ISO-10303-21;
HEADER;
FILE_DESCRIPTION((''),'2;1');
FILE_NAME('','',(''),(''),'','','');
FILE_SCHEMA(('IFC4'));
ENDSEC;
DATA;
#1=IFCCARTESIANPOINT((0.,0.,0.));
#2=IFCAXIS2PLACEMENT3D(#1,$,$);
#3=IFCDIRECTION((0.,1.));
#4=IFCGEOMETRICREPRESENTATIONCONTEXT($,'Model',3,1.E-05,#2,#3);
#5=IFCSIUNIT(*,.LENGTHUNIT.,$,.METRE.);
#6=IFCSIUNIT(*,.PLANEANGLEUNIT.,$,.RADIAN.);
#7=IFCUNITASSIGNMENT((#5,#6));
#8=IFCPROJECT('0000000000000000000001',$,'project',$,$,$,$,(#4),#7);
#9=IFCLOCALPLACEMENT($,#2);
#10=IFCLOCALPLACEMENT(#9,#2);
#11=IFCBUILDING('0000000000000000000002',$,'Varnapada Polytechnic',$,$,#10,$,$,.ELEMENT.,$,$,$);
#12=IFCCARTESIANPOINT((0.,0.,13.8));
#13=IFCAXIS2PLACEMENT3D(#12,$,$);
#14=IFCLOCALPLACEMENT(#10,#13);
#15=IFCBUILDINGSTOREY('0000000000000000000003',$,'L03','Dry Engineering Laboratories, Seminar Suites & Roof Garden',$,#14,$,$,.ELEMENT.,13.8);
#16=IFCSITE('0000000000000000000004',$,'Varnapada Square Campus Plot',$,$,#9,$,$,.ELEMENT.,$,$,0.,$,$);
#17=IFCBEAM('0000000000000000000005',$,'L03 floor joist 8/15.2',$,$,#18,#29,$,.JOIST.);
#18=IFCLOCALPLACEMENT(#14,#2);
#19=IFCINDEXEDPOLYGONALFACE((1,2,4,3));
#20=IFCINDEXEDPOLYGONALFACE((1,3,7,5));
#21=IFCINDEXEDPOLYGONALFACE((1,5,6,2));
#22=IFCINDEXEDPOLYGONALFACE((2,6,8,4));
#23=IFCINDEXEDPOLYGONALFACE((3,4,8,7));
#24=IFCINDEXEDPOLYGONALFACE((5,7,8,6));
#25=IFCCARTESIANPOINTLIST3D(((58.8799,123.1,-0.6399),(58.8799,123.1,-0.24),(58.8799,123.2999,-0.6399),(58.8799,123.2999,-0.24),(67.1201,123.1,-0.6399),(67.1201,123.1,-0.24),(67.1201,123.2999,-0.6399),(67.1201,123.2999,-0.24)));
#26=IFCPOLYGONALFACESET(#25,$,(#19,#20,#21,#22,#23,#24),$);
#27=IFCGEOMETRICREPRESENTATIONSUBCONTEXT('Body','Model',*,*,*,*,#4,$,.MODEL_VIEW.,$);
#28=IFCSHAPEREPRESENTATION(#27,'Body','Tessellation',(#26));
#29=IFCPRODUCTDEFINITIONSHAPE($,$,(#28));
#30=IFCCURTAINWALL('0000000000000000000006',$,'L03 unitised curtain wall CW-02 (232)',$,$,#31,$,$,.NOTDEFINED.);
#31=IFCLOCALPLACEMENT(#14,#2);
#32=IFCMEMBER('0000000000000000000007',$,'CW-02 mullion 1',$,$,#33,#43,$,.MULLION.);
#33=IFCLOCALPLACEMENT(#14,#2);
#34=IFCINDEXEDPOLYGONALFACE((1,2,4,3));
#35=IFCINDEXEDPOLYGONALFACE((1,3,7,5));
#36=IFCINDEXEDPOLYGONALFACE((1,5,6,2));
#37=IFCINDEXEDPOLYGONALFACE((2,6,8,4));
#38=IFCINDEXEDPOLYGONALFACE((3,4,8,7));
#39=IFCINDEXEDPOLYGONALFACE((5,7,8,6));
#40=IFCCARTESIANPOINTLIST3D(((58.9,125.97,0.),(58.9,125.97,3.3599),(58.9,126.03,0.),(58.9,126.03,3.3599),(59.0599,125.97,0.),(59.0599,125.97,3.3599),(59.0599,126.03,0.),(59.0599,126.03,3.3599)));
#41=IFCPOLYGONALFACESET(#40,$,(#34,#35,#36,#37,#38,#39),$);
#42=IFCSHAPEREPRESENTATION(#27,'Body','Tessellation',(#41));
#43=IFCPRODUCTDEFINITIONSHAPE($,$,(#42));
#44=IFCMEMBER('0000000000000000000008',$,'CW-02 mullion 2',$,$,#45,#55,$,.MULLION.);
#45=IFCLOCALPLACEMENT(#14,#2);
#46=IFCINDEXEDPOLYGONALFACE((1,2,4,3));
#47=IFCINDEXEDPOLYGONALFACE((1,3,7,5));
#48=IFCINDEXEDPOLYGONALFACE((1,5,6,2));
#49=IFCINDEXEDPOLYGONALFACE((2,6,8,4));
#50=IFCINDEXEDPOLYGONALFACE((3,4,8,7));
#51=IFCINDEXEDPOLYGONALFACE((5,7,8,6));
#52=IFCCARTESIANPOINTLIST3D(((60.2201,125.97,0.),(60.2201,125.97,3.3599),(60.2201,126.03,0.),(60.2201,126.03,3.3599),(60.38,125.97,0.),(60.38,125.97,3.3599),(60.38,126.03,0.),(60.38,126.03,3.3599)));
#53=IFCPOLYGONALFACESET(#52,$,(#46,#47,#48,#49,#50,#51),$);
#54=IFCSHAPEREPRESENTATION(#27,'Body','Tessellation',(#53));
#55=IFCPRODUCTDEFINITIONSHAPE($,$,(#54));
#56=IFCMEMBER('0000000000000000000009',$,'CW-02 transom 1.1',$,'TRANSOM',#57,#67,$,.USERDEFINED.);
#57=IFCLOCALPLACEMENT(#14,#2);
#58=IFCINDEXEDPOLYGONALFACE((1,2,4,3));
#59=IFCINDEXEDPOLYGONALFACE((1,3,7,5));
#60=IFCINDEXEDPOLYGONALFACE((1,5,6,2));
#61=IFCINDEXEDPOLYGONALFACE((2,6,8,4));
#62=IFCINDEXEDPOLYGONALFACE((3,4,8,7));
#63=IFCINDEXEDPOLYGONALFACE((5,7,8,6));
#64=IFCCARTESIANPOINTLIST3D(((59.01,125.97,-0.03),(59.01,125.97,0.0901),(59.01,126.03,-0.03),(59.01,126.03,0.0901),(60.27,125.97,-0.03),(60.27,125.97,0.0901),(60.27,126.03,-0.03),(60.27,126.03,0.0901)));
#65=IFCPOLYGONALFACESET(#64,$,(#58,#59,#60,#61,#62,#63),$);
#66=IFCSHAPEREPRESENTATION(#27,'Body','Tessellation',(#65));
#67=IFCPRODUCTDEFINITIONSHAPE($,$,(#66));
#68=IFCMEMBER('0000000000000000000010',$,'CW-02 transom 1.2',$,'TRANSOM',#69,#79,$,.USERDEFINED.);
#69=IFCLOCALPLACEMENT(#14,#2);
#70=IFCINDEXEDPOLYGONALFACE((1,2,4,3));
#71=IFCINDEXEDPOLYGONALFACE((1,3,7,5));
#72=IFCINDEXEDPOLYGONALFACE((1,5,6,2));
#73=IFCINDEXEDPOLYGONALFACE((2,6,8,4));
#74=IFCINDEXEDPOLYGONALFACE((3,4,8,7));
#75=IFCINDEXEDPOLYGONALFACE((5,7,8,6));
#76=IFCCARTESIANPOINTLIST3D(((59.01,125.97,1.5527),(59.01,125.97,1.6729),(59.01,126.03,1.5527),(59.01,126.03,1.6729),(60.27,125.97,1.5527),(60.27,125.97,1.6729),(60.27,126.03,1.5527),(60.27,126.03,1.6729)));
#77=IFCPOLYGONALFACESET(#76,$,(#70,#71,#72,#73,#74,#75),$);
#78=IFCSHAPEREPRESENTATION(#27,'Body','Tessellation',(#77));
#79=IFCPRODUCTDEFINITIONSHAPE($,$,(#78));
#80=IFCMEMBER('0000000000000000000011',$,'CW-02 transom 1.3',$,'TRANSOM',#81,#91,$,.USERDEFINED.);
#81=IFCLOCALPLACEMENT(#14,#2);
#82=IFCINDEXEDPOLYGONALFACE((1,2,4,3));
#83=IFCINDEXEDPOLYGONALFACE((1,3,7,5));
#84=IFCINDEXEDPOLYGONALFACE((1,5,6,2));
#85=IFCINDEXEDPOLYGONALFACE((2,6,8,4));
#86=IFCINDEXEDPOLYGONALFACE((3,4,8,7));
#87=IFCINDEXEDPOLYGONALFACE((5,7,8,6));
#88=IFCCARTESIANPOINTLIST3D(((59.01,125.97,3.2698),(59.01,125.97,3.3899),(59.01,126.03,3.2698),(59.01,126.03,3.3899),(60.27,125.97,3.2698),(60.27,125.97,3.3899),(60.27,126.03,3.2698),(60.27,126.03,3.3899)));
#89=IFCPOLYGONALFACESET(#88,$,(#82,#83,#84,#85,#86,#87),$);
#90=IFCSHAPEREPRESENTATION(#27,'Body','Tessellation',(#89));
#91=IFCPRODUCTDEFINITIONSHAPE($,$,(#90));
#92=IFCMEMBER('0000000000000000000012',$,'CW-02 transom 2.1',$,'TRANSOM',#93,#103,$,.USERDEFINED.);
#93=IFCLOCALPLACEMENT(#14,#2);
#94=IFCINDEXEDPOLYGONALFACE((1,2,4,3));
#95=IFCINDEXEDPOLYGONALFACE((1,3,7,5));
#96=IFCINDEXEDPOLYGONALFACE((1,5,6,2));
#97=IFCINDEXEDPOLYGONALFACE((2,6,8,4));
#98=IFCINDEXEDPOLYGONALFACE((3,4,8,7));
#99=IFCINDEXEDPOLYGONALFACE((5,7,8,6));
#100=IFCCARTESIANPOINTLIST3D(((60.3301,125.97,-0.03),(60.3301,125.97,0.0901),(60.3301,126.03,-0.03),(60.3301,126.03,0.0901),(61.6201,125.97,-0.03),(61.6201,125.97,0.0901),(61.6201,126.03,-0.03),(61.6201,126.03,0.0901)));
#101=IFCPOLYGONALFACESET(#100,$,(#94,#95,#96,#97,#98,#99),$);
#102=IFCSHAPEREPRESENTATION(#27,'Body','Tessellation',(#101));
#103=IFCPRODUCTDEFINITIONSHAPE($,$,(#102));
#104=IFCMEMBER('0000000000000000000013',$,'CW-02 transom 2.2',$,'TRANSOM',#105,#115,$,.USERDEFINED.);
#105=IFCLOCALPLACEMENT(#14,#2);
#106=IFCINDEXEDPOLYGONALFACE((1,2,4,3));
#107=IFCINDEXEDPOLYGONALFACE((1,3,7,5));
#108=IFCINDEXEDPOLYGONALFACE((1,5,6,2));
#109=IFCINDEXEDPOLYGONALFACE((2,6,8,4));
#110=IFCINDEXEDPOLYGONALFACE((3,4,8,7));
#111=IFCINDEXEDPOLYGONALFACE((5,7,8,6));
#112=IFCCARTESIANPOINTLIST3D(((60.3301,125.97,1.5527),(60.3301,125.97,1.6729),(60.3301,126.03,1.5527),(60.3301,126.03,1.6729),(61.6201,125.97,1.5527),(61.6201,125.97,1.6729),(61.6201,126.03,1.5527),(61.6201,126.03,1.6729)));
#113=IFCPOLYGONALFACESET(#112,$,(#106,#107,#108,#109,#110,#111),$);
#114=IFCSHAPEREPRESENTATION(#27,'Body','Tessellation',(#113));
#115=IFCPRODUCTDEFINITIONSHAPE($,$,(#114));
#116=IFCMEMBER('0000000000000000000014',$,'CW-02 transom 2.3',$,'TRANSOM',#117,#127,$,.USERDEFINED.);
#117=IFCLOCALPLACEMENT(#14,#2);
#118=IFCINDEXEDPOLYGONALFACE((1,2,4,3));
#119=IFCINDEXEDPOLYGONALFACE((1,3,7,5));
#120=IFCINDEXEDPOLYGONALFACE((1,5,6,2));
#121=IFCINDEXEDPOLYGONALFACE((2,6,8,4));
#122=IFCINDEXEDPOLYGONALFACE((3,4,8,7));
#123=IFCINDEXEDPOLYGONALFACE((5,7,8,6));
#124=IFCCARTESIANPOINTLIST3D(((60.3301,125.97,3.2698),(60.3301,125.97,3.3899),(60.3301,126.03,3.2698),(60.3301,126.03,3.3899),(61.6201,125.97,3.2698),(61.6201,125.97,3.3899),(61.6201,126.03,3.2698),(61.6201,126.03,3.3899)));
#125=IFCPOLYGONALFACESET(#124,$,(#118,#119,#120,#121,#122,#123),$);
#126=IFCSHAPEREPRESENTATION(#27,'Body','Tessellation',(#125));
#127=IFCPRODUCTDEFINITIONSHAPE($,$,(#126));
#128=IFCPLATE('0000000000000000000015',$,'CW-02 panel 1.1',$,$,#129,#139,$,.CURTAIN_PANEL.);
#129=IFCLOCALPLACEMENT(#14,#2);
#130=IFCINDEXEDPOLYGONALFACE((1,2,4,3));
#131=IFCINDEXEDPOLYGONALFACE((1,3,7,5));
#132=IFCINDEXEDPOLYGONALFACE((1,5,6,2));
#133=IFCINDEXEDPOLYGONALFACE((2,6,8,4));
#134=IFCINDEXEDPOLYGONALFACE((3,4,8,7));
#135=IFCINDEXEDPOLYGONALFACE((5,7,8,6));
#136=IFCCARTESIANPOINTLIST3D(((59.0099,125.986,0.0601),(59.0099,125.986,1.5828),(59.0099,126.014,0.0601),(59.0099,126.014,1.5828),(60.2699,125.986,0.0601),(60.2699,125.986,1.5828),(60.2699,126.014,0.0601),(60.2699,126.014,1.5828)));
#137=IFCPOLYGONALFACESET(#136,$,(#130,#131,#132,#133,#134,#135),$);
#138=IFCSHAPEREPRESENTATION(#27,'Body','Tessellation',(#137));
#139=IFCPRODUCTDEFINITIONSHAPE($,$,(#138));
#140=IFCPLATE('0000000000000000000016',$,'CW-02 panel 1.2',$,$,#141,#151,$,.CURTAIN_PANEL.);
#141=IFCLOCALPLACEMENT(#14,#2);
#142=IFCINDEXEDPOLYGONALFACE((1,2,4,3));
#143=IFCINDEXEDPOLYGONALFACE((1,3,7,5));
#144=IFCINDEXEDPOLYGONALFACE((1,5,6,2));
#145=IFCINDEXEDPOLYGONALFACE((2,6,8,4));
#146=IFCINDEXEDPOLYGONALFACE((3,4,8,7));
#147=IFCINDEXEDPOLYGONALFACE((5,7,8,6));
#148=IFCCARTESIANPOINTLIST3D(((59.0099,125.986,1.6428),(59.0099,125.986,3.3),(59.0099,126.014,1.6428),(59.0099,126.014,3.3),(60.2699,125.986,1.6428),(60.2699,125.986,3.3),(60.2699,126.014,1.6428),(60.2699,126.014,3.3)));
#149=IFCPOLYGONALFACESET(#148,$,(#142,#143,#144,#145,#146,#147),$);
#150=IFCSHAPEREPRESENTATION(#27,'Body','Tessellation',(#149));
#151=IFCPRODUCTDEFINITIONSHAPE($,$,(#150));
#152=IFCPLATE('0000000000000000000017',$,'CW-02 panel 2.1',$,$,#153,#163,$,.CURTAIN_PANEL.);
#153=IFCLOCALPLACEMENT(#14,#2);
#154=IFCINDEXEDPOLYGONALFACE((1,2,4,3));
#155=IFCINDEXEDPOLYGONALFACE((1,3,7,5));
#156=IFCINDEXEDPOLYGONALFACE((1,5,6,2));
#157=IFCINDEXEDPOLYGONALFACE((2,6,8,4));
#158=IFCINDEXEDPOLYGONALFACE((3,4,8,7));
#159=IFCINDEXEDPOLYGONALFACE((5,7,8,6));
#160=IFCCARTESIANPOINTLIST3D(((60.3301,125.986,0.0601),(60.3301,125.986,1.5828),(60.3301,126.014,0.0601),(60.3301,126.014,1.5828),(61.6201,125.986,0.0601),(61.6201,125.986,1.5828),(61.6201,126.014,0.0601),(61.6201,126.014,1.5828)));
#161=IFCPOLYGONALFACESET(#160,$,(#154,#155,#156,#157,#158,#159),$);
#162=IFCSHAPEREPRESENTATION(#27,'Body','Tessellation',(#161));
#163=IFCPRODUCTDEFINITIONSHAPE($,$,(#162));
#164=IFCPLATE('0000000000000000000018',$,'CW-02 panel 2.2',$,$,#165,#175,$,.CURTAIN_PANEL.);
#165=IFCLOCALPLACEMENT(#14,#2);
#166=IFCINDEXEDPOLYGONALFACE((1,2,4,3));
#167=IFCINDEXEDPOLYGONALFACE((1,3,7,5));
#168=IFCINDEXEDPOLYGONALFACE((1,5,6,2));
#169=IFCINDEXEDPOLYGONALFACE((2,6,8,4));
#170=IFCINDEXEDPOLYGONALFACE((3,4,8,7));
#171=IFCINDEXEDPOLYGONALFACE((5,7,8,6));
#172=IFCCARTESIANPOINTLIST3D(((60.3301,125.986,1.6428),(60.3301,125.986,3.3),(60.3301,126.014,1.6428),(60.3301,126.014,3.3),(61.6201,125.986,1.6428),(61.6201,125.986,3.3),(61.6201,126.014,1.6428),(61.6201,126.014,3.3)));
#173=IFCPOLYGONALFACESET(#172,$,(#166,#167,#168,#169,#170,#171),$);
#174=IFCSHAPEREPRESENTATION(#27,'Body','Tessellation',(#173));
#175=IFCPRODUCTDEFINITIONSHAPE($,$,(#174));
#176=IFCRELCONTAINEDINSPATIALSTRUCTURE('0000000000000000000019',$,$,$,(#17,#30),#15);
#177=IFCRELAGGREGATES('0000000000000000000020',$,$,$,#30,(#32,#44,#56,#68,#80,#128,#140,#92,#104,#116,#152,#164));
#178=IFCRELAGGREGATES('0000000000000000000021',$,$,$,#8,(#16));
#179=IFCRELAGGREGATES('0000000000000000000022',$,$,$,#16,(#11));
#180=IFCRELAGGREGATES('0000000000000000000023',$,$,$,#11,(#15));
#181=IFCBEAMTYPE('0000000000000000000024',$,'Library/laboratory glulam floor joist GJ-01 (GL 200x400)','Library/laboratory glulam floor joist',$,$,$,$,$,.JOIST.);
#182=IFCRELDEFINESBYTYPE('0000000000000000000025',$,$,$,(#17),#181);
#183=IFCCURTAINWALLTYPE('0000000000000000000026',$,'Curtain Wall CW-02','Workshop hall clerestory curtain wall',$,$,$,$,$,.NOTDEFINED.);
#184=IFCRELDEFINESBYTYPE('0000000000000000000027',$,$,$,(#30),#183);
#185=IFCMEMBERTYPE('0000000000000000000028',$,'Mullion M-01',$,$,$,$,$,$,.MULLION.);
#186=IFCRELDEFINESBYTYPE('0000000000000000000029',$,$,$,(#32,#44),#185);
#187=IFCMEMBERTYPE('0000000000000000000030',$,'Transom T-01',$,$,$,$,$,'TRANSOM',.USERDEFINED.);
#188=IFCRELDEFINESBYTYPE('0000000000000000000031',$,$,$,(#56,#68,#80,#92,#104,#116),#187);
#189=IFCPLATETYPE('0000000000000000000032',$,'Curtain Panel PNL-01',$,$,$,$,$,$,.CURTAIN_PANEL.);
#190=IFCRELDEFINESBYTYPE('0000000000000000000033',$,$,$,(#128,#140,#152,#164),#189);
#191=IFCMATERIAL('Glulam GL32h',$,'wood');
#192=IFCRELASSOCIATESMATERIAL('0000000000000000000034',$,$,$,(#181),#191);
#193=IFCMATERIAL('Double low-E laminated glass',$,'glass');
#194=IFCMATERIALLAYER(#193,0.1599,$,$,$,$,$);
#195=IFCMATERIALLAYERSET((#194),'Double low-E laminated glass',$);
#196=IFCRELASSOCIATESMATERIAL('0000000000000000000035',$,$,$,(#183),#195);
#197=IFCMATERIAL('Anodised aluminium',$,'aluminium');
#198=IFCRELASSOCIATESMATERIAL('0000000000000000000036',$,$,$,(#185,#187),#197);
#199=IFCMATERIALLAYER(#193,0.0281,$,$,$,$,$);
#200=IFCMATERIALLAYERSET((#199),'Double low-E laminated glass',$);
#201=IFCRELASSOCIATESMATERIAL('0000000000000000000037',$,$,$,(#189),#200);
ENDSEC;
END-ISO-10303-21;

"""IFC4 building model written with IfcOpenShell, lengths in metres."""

from ifc_helpers import new_model, si_unit, direction, frame, origin, origin_2d, place, context, subcontext, project, spatial, rectangle, extrude, material, layer, layer_set, material_profile, profile_set, type_object, element, aggregate, save


model = new_model("IFC4")

# Units and contexts
model_context = context("Model", 3, precision=1e-05, world=origin(), true_north=direction((0.0, 1.0)))
body_context = subcontext(model_context, "Body", "Model", "MODEL_VIEW")
ifc_project = project(units=[si_unit("LENGTHUNIT", "METRE"), si_unit("PLANEANGLEUNIT", "RADIAN")], contexts=[model_context])

# Site, building, storey
site_placement = place(None, origin())
site = spatial("IfcSite", under=ifc_project, at=site_placement, Name="Varnapada Square Campus Plot", CompositionType="ELEMENT", RefElevation=0.0)
building_placement = place(site_placement, origin())
building = spatial("IfcBuilding", under=site, at=building_placement, Name="Varnapada Polytechnic", CompositionType="ELEMENT")
storey_placement = place(building_placement, frame((0.0, 0.0, 13.8)))
storey = spatial("IfcBuildingStorey", under=building, at=storey_placement, Name="L03", Description="Dry Engineering Laboratories, Seminar Suites & Roof Garden", CompositionType="ELEMENT", Elevation=13.8)

# Beam
ifc_material_1 = material(Name="Glulam GL32h", Category="wood")
ifc_material_profile_1 = material_profile(ifc_material_1, rectangle(XDim=0.2, YDim=0.3999, at=origin_2d()), Name="GL 200x400")
ifc_profile_set_1 = profile_set([ifc_material_profile_1], Name="Glulam GL32h")
beam_type = type_object("IfcBeamType", Name="Library/laboratory glulam floor joist GJ-01 (GL 200x400)", Description="Library/laboratory glulam floor joist", PredefinedType="JOIST", material=ifc_profile_set_1)
beam_placement = place(storey_placement, frame((58.8799, 123.2, -0.4399), z_axis=(1.0, 0.0, 0.0), x_axis=(0.0, 1.0, 0.0)))
element("IfcBeam", 1, at=beam_placement, inside=storey, type_object=beam_type, Name="L03 floor joist 8/15.2", PredefinedType="JOIST", context=body_context, shape_type="SweptSolid", body=[
    extrude(rectangle(XDim=0.2, YDim=0.3999, at=origin_2d()), origin(), (0.0, 0.0, 1.0), 8.2402),
])

# Curtain wall, members, plates
ifc_material_2 = material(Name="Double low-E laminated glass", Category="glass")
ifc_layer_1 = layer(ifc_material_2, 0.1599)
ifc_layer_set_1 = layer_set([ifc_layer_1], Name="Double low-E laminated glass")
curtain_wall_type = type_object("IfcCurtainWallType", Name="Curtain Wall CW-02", Description="Workshop hall clerestory curtain wall", PredefinedType="NOTDEFINED", material=ifc_layer_set_1)
curtain_wall_placement = place(storey_placement, origin())
curtain_wall = element("IfcCurtainWall", 2, at=curtain_wall_placement, inside=storey, type_object=curtain_wall_type, Name="L03 unitised curtain wall CW-02 (232)", PredefinedType="NOTDEFINED")
ifc_material_3 = material(Name="Anodised aluminium", Category="aluminium")
ifc_material_profile_2 = material_profile(ifc_material_3, rectangle(XDim=0.0601, YDim=0.1599, at=origin_2d()), Name="ALU M60x160")
ifc_profile_set_2 = profile_set([ifc_material_profile_2], Name="Anodised aluminium")
member_type_1 = type_object("IfcMemberType", Name="Mullion M-01", PredefinedType="MULLION", material=ifc_profile_set_2)
member_1_placement = place(storey_placement, frame((58.98, 126.0, 0.0), z_axis=(0.0, 0.0, 1.0), x_axis=(0.0, 1.0, 0.0)))
member_1 = element("IfcMember", 3, at=member_1_placement, type_object=member_type_1, Name="CW-02 mullion 1", PredefinedType="MULLION", context=body_context, shape_type="SweptSolid", body=[
    extrude(rectangle(XDim=0.0601, YDim=0.1599, at=origin_2d()), origin(), (0.0, 0.0, 1.0), 3.3599),
])
member_2_placement = place(storey_placement, frame((60.3, 126.0, 0.0), z_axis=(0.0, 0.0, 1.0), x_axis=(0.0, 1.0, 0.0)))
member_2 = element("IfcMember", 4, at=member_2_placement, type_object=member_type_1, Name="CW-02 mullion 2", PredefinedType="MULLION", context=body_context, shape_type="SweptSolid", body=[
    extrude(rectangle(XDim=0.0601, YDim=0.1599, at=origin_2d()), origin(), (0.0, 0.0, 1.0), 3.3599),
])
ifc_material_profile_3 = material_profile(ifc_material_3, rectangle(XDim=0.0601, YDim=0.1201, at=origin_2d()), Name="ALU T60x120")
ifc_profile_set_3 = profile_set([ifc_material_profile_3], Name="Anodised aluminium")
member_type_2 = type_object("IfcMemberType", Name="Transom T-01", ElementType="TRANSOM", PredefinedType="USERDEFINED", material=ifc_profile_set_3)
member_3_placement = place(storey_placement, frame((59.01, 126.0, 0.03), z_axis=(1.0, 0.0, 0.0), x_axis=(0.0, 1.0, 0.0)))
member_3 = element("IfcMember", 5, at=member_3_placement, type_object=member_type_2, Name="CW-02 transom 1.1", ObjectType="TRANSOM", PredefinedType="USERDEFINED", context=body_context, shape_type="SweptSolid", body=[
    extrude(rectangle(XDim=0.0601, YDim=0.1201, at=origin_2d()), origin(), (0.0, 0.0, 1.0), 1.26),
])
member_4_placement = place(storey_placement, frame((59.01, 126.0, 1.6128), z_axis=(1.0, 0.0, 0.0), x_axis=(0.0, 1.0, 0.0)))
member_4 = element("IfcMember", 6, at=member_4_placement, type_object=member_type_2, Name="CW-02 transom 1.2", ObjectType="TRANSOM", PredefinedType="USERDEFINED", context=body_context, shape_type="SweptSolid", body=[
    extrude(rectangle(XDim=0.0601, YDim=0.1201, at=origin_2d()), origin(), (0.0, 0.0, 1.0), 1.26),
])
member_5_placement = place(storey_placement, frame((59.01, 126.0, 3.3298), z_axis=(1.0, 0.0, 0.0), x_axis=(0.0, 1.0, 0.0)))
member_5 = element("IfcMember", 7, at=member_5_placement, type_object=member_type_2, Name="CW-02 transom 1.3", ObjectType="TRANSOM", PredefinedType="USERDEFINED", context=body_context, shape_type="SweptSolid", body=[
    extrude(rectangle(XDim=0.0601, YDim=0.1201, at=origin_2d()), origin(), (0.0, 0.0, 1.0), 1.26),
])
member_6_placement = place(storey_placement, frame((60.3301, 126.0, 0.03), z_axis=(1.0, 0.0, 0.0), x_axis=(0.0, 1.0, 0.0)))
member_6 = element("IfcMember", 8, at=member_6_placement, type_object=member_type_2, Name="CW-02 transom 2.1", ObjectType="TRANSOM", PredefinedType="USERDEFINED", context=body_context, shape_type="SweptSolid", body=[
    extrude(rectangle(XDim=0.0601, YDim=0.1201, at=origin_2d()), origin(), (0.0, 0.0, 1.0), 1.29),
])
member_7_placement = place(storey_placement, frame((60.3301, 126.0, 1.6128), z_axis=(1.0, 0.0, 0.0), x_axis=(0.0, 1.0, 0.0)))
member_7 = element("IfcMember", 9, at=member_7_placement, type_object=member_type_2, Name="CW-02 transom 2.2", ObjectType="TRANSOM", PredefinedType="USERDEFINED", context=body_context, shape_type="SweptSolid", body=[
    extrude(rectangle(XDim=0.0601, YDim=0.1201, at=origin_2d()), origin(), (0.0, 0.0, 1.0), 1.29),
])
member_8_placement = place(storey_placement, frame((60.3301, 126.0, 3.3298), z_axis=(1.0, 0.0, 0.0), x_axis=(0.0, 1.0, 0.0)))
member_8 = element("IfcMember", 10, at=member_8_placement, type_object=member_type_2, Name="CW-02 transom 2.3", ObjectType="TRANSOM", PredefinedType="USERDEFINED", context=body_context, shape_type="SweptSolid", body=[
    extrude(rectangle(XDim=0.0601, YDim=0.1201, at=origin_2d()), origin(), (0.0, 0.0, 1.0), 1.29),
])
ifc_layer_2 = layer(ifc_material_2, 0.0281)
ifc_layer_set_2 = layer_set([ifc_layer_2], Name="Double low-E laminated glass")
plate_type = type_object("IfcPlateType", Name="Curtain Panel PNL-01", PredefinedType="CURTAIN_PANEL", material=ifc_layer_set_2)
plate_1_placement = place(storey_placement, frame((59.6399, 126.0, 0.0601), z_axis=(0.0, 0.0, 1.0), x_axis=(1.0, 0.0, 0.0)))
plate_1 = element("IfcPlate", 11, at=plate_1_placement, type_object=plate_type, Name="CW-02 panel 1.1", PredefinedType="CURTAIN_PANEL", context=body_context, shape_type="SweptSolid", body=[
    extrude(rectangle(XDim=1.26, YDim=0.0281, at=origin_2d()), origin(), (0.0, 0.0, 1.0), 1.5227),
])
plate_2_placement = place(storey_placement, frame((59.6399, 126.0, 1.6428), z_axis=(0.0, 0.0, 1.0), x_axis=(1.0, 0.0, 0.0)))
plate_2 = element("IfcPlate", 12, at=plate_2_placement, type_object=plate_type, Name="CW-02 panel 1.2", PredefinedType="CURTAIN_PANEL", context=body_context, shape_type="SweptSolid", body=[
    extrude(rectangle(XDim=1.26, YDim=0.0281, at=origin_2d()), origin(), (0.0, 0.0, 1.0), 1.6572),
])
plate_3_placement = place(storey_placement, frame((60.9751, 126.0, 0.0601), z_axis=(0.0, 0.0, 1.0), x_axis=(1.0, 0.0, 0.0)))
plate_3 = element("IfcPlate", 13, at=plate_3_placement, type_object=plate_type, Name="CW-02 panel 2.1", PredefinedType="CURTAIN_PANEL", context=body_context, shape_type="SweptSolid", body=[
    extrude(rectangle(XDim=1.29, YDim=0.0281, at=origin_2d()), origin(), (0.0, 0.0, 1.0), 1.5227),
])
plate_4_placement = place(storey_placement, frame((60.9751, 126.0, 1.6428), z_axis=(0.0, 0.0, 1.0), x_axis=(1.0, 0.0, 0.0)))
plate_4 = element("IfcPlate", 14, at=plate_4_placement, type_object=plate_type, Name="CW-02 panel 2.2", PredefinedType="CURTAIN_PANEL", context=body_context, shape_type="SweptSolid", body=[
    extrude(rectangle(XDim=1.29, YDim=0.0281, at=origin_2d()), origin(), (0.0, 0.0, 1.0), 1.6572),
])
aggregate(curtain_wall, [member_1, member_2, member_3, member_4, member_5, plate_1, plate_2, member_6, member_7, member_8, plate_3, plate_4])

save(model, "model.ifc")
